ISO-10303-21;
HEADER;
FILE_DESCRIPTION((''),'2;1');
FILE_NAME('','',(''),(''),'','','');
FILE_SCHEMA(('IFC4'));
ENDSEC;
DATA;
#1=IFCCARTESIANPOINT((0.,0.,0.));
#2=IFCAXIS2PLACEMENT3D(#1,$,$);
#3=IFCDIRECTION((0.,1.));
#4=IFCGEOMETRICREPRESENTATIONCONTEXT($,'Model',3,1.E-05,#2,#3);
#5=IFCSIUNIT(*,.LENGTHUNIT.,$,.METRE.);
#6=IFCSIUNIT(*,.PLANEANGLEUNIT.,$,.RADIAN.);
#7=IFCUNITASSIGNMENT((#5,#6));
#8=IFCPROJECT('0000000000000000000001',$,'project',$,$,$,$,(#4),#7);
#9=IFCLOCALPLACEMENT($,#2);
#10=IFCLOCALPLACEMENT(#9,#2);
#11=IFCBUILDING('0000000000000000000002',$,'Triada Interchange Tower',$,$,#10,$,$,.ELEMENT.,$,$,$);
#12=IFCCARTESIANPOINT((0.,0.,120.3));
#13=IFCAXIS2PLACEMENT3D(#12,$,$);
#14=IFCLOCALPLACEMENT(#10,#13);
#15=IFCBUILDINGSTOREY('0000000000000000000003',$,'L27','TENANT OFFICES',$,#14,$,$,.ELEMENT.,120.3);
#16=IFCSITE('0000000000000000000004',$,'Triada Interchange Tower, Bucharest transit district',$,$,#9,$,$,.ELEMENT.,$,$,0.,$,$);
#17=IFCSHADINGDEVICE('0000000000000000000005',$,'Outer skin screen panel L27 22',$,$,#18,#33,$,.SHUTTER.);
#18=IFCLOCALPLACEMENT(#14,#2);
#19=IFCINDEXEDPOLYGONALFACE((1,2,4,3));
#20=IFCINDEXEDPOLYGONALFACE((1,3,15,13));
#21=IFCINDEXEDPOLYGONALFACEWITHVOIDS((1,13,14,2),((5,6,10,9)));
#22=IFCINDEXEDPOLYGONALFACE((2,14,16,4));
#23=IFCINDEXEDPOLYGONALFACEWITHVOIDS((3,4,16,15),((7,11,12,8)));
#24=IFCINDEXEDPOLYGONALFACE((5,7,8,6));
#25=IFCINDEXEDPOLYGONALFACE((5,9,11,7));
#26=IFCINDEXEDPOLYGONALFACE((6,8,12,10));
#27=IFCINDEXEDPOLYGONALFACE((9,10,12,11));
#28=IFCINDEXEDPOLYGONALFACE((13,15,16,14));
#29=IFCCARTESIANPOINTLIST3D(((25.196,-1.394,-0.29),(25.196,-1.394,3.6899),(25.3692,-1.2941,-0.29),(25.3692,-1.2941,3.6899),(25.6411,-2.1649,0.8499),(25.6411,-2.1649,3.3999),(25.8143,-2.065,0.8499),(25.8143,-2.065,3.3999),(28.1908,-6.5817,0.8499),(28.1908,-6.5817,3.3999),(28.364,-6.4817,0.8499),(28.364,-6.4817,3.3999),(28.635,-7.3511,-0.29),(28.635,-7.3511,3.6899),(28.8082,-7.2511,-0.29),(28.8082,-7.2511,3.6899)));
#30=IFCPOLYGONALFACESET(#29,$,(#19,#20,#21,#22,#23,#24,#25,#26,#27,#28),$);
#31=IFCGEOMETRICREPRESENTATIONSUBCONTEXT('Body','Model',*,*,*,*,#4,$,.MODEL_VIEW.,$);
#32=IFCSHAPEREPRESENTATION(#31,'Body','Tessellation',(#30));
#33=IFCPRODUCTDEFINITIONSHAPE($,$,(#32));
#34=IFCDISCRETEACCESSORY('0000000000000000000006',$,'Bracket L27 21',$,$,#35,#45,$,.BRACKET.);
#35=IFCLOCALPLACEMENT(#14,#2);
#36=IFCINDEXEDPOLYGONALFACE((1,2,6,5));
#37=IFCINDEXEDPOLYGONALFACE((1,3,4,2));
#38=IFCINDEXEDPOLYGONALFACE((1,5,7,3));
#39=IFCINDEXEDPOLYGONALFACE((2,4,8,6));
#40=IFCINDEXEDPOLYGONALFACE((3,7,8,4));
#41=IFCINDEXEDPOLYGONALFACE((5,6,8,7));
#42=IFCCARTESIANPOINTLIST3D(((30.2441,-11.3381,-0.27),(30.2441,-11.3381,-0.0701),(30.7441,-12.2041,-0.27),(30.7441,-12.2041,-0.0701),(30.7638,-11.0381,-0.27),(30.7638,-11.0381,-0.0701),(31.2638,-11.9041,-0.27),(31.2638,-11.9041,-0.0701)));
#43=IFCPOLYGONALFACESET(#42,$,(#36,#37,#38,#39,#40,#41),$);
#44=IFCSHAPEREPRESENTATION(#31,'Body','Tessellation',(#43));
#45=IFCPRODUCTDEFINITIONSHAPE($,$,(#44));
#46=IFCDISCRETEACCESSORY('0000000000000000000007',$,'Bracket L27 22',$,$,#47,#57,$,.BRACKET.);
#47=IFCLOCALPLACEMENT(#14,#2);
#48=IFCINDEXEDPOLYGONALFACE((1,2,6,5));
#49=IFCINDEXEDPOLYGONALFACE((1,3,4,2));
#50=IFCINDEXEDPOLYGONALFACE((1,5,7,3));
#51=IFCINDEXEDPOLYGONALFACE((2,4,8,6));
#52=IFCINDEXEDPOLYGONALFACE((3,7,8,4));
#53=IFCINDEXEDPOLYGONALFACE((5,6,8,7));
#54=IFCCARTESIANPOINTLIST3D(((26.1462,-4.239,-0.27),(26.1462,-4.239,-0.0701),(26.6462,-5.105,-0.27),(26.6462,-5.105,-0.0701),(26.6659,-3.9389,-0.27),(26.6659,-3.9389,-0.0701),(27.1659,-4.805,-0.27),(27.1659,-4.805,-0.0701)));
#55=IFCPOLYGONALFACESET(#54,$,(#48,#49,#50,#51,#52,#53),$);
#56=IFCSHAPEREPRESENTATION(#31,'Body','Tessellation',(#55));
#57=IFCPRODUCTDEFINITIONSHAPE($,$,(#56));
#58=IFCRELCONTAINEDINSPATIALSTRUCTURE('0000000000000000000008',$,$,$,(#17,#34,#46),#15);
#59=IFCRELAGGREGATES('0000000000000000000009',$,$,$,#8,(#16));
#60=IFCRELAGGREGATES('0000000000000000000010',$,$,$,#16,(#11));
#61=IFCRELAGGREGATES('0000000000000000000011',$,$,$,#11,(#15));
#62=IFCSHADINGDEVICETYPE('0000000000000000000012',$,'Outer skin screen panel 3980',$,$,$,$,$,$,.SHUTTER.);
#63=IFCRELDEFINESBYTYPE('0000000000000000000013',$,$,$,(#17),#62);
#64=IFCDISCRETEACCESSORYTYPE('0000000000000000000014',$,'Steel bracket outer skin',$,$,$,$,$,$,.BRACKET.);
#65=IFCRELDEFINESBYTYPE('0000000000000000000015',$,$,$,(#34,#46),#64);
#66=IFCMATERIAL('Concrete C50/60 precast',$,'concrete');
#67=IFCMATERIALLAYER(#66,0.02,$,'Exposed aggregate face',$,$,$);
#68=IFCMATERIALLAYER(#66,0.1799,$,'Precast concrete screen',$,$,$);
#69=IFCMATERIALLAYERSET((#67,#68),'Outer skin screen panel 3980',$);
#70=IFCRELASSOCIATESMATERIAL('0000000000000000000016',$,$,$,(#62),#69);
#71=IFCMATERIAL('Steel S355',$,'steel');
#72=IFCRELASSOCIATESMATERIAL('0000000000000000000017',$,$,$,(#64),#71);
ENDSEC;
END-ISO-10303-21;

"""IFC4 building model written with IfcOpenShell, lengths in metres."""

from ifc_helpers import new_model, si_unit, direction, frame, origin, origin_2d, place, context, subcontext, project, spatial, polyline, rectangle, outline, extrude, material, layer, layer_set, type_object, element, save


model = new_model("IFC4")

# Units and contexts
model_context = context("Model", 3, precision=1e-05, world=origin(), true_north=direction((0.0, 1.0)))
body_context = subcontext(model_context, "Body", "Model", "MODEL_VIEW")
ifc_project = project(units=[si_unit("LENGTHUNIT", "METRE"), si_unit("PLANEANGLEUNIT", "RADIAN")], contexts=[model_context])

# Site, building, storey
site_placement = place(None, origin())
site = spatial("IfcSite", under=ifc_project, at=site_placement, Name="Triada Interchange Tower, Bucharest transit district", CompositionType="ELEMENT", RefElevation=0.0)
building_placement = place(site_placement, origin())
building = spatial("IfcBuilding", under=site, at=building_placement, Name="Triada Interchange Tower", CompositionType="ELEMENT")
storey_placement = place(building_placement, frame((0.0, 0.0, 120.3)))
storey = spatial("IfcBuildingStorey", under=building, at=storey_placement, Name="L27", Description="TENANT OFFICES", CompositionType="ELEMENT", Elevation=120.3)

# Shading device
ifc_material_1 = material(Name="Concrete C50/60 precast", Category="concrete")
ifc_layer_1 = layer(ifc_material_1, 0.02, Name="Exposed aggregate face")
ifc_layer_2 = layer(ifc_material_1, 0.1799, Name="Precast concrete screen")
ifc_layer_set_1 = layer_set([ifc_layer_1, ifc_layer_2], Name="Outer skin screen panel 3980")
shading_device_type = type_object("IfcShadingDeviceType", Name="Outer skin screen panel 3980", PredefinedType="SHUTTER", material=ifc_layer_set_1)
shading_device_placement = place(storey_placement, frame((28.635, -7.3511, -0.29), z_axis=(0.0, 0.0, 1.0), x_axis=(-0.499964, 0.866046, 0.0)))
element("IfcShadingDevice", 1, at=shading_device_placement, inside=storey, type_object=shading_device_type, Name="Outer skin screen panel L27 22", PredefinedType="SHUTTER", context=body_context, shape_type="SweptSolid", body=[
    extrude(outline(polyline([(0.0, 0.0), (6.8784, 0.0), (6.8784, 3.98), (0.0, 3.98), (0.0, 0.0)]), holes=[polyline([(0.8884, 1.1399), (0.8884, 3.6899), (5.9883, 3.6899), (5.9883, 1.1399), (0.8884, 1.1399)])]), frame((0.0, 0.0, 0.0), z_axis=(0.0, -1.0, 0.0), x_axis=(1.0, 0.0, 0.0)), (0.0, 0.0, 1.0), 0.2),
])

# Discrete accessories
ifc_material_2 = material(Name="Steel S355", Category="steel")
discrete_accessory_type = type_object("IfcDiscreteAccessoryType", Name="Steel bracket outer skin", PredefinedType="BRACKET", material=ifc_material_2)
for number, where, z_axis, x_axis, name in (
    (2, (30.7539, -11.6211, -0.27), (0.0, 0.0, 1.0), (0.866028, 0.499995, 0.0), "Bracket L27 21"),
    (3, (26.656, -4.522, -0.27), (0.0, 0.0, 1.0), (0.866028, 0.499995, 0.0), "Bracket L27 22"),
):
    element("IfcDiscreteAccessory", number, at=place(storey_placement, frame(where, z_axis=z_axis, x_axis=x_axis)), inside=storey, type_object=discrete_accessory_type, Name=name, PredefinedType="BRACKET", context=body_context, shape_type="SweptSolid", body=[
        extrude(rectangle(XDim=0.6001, YDim=1.0, at=origin_2d()), origin(), (0.0, 0.0, 1.0), 0.2),
    ])

save(model, "model.ifc")
